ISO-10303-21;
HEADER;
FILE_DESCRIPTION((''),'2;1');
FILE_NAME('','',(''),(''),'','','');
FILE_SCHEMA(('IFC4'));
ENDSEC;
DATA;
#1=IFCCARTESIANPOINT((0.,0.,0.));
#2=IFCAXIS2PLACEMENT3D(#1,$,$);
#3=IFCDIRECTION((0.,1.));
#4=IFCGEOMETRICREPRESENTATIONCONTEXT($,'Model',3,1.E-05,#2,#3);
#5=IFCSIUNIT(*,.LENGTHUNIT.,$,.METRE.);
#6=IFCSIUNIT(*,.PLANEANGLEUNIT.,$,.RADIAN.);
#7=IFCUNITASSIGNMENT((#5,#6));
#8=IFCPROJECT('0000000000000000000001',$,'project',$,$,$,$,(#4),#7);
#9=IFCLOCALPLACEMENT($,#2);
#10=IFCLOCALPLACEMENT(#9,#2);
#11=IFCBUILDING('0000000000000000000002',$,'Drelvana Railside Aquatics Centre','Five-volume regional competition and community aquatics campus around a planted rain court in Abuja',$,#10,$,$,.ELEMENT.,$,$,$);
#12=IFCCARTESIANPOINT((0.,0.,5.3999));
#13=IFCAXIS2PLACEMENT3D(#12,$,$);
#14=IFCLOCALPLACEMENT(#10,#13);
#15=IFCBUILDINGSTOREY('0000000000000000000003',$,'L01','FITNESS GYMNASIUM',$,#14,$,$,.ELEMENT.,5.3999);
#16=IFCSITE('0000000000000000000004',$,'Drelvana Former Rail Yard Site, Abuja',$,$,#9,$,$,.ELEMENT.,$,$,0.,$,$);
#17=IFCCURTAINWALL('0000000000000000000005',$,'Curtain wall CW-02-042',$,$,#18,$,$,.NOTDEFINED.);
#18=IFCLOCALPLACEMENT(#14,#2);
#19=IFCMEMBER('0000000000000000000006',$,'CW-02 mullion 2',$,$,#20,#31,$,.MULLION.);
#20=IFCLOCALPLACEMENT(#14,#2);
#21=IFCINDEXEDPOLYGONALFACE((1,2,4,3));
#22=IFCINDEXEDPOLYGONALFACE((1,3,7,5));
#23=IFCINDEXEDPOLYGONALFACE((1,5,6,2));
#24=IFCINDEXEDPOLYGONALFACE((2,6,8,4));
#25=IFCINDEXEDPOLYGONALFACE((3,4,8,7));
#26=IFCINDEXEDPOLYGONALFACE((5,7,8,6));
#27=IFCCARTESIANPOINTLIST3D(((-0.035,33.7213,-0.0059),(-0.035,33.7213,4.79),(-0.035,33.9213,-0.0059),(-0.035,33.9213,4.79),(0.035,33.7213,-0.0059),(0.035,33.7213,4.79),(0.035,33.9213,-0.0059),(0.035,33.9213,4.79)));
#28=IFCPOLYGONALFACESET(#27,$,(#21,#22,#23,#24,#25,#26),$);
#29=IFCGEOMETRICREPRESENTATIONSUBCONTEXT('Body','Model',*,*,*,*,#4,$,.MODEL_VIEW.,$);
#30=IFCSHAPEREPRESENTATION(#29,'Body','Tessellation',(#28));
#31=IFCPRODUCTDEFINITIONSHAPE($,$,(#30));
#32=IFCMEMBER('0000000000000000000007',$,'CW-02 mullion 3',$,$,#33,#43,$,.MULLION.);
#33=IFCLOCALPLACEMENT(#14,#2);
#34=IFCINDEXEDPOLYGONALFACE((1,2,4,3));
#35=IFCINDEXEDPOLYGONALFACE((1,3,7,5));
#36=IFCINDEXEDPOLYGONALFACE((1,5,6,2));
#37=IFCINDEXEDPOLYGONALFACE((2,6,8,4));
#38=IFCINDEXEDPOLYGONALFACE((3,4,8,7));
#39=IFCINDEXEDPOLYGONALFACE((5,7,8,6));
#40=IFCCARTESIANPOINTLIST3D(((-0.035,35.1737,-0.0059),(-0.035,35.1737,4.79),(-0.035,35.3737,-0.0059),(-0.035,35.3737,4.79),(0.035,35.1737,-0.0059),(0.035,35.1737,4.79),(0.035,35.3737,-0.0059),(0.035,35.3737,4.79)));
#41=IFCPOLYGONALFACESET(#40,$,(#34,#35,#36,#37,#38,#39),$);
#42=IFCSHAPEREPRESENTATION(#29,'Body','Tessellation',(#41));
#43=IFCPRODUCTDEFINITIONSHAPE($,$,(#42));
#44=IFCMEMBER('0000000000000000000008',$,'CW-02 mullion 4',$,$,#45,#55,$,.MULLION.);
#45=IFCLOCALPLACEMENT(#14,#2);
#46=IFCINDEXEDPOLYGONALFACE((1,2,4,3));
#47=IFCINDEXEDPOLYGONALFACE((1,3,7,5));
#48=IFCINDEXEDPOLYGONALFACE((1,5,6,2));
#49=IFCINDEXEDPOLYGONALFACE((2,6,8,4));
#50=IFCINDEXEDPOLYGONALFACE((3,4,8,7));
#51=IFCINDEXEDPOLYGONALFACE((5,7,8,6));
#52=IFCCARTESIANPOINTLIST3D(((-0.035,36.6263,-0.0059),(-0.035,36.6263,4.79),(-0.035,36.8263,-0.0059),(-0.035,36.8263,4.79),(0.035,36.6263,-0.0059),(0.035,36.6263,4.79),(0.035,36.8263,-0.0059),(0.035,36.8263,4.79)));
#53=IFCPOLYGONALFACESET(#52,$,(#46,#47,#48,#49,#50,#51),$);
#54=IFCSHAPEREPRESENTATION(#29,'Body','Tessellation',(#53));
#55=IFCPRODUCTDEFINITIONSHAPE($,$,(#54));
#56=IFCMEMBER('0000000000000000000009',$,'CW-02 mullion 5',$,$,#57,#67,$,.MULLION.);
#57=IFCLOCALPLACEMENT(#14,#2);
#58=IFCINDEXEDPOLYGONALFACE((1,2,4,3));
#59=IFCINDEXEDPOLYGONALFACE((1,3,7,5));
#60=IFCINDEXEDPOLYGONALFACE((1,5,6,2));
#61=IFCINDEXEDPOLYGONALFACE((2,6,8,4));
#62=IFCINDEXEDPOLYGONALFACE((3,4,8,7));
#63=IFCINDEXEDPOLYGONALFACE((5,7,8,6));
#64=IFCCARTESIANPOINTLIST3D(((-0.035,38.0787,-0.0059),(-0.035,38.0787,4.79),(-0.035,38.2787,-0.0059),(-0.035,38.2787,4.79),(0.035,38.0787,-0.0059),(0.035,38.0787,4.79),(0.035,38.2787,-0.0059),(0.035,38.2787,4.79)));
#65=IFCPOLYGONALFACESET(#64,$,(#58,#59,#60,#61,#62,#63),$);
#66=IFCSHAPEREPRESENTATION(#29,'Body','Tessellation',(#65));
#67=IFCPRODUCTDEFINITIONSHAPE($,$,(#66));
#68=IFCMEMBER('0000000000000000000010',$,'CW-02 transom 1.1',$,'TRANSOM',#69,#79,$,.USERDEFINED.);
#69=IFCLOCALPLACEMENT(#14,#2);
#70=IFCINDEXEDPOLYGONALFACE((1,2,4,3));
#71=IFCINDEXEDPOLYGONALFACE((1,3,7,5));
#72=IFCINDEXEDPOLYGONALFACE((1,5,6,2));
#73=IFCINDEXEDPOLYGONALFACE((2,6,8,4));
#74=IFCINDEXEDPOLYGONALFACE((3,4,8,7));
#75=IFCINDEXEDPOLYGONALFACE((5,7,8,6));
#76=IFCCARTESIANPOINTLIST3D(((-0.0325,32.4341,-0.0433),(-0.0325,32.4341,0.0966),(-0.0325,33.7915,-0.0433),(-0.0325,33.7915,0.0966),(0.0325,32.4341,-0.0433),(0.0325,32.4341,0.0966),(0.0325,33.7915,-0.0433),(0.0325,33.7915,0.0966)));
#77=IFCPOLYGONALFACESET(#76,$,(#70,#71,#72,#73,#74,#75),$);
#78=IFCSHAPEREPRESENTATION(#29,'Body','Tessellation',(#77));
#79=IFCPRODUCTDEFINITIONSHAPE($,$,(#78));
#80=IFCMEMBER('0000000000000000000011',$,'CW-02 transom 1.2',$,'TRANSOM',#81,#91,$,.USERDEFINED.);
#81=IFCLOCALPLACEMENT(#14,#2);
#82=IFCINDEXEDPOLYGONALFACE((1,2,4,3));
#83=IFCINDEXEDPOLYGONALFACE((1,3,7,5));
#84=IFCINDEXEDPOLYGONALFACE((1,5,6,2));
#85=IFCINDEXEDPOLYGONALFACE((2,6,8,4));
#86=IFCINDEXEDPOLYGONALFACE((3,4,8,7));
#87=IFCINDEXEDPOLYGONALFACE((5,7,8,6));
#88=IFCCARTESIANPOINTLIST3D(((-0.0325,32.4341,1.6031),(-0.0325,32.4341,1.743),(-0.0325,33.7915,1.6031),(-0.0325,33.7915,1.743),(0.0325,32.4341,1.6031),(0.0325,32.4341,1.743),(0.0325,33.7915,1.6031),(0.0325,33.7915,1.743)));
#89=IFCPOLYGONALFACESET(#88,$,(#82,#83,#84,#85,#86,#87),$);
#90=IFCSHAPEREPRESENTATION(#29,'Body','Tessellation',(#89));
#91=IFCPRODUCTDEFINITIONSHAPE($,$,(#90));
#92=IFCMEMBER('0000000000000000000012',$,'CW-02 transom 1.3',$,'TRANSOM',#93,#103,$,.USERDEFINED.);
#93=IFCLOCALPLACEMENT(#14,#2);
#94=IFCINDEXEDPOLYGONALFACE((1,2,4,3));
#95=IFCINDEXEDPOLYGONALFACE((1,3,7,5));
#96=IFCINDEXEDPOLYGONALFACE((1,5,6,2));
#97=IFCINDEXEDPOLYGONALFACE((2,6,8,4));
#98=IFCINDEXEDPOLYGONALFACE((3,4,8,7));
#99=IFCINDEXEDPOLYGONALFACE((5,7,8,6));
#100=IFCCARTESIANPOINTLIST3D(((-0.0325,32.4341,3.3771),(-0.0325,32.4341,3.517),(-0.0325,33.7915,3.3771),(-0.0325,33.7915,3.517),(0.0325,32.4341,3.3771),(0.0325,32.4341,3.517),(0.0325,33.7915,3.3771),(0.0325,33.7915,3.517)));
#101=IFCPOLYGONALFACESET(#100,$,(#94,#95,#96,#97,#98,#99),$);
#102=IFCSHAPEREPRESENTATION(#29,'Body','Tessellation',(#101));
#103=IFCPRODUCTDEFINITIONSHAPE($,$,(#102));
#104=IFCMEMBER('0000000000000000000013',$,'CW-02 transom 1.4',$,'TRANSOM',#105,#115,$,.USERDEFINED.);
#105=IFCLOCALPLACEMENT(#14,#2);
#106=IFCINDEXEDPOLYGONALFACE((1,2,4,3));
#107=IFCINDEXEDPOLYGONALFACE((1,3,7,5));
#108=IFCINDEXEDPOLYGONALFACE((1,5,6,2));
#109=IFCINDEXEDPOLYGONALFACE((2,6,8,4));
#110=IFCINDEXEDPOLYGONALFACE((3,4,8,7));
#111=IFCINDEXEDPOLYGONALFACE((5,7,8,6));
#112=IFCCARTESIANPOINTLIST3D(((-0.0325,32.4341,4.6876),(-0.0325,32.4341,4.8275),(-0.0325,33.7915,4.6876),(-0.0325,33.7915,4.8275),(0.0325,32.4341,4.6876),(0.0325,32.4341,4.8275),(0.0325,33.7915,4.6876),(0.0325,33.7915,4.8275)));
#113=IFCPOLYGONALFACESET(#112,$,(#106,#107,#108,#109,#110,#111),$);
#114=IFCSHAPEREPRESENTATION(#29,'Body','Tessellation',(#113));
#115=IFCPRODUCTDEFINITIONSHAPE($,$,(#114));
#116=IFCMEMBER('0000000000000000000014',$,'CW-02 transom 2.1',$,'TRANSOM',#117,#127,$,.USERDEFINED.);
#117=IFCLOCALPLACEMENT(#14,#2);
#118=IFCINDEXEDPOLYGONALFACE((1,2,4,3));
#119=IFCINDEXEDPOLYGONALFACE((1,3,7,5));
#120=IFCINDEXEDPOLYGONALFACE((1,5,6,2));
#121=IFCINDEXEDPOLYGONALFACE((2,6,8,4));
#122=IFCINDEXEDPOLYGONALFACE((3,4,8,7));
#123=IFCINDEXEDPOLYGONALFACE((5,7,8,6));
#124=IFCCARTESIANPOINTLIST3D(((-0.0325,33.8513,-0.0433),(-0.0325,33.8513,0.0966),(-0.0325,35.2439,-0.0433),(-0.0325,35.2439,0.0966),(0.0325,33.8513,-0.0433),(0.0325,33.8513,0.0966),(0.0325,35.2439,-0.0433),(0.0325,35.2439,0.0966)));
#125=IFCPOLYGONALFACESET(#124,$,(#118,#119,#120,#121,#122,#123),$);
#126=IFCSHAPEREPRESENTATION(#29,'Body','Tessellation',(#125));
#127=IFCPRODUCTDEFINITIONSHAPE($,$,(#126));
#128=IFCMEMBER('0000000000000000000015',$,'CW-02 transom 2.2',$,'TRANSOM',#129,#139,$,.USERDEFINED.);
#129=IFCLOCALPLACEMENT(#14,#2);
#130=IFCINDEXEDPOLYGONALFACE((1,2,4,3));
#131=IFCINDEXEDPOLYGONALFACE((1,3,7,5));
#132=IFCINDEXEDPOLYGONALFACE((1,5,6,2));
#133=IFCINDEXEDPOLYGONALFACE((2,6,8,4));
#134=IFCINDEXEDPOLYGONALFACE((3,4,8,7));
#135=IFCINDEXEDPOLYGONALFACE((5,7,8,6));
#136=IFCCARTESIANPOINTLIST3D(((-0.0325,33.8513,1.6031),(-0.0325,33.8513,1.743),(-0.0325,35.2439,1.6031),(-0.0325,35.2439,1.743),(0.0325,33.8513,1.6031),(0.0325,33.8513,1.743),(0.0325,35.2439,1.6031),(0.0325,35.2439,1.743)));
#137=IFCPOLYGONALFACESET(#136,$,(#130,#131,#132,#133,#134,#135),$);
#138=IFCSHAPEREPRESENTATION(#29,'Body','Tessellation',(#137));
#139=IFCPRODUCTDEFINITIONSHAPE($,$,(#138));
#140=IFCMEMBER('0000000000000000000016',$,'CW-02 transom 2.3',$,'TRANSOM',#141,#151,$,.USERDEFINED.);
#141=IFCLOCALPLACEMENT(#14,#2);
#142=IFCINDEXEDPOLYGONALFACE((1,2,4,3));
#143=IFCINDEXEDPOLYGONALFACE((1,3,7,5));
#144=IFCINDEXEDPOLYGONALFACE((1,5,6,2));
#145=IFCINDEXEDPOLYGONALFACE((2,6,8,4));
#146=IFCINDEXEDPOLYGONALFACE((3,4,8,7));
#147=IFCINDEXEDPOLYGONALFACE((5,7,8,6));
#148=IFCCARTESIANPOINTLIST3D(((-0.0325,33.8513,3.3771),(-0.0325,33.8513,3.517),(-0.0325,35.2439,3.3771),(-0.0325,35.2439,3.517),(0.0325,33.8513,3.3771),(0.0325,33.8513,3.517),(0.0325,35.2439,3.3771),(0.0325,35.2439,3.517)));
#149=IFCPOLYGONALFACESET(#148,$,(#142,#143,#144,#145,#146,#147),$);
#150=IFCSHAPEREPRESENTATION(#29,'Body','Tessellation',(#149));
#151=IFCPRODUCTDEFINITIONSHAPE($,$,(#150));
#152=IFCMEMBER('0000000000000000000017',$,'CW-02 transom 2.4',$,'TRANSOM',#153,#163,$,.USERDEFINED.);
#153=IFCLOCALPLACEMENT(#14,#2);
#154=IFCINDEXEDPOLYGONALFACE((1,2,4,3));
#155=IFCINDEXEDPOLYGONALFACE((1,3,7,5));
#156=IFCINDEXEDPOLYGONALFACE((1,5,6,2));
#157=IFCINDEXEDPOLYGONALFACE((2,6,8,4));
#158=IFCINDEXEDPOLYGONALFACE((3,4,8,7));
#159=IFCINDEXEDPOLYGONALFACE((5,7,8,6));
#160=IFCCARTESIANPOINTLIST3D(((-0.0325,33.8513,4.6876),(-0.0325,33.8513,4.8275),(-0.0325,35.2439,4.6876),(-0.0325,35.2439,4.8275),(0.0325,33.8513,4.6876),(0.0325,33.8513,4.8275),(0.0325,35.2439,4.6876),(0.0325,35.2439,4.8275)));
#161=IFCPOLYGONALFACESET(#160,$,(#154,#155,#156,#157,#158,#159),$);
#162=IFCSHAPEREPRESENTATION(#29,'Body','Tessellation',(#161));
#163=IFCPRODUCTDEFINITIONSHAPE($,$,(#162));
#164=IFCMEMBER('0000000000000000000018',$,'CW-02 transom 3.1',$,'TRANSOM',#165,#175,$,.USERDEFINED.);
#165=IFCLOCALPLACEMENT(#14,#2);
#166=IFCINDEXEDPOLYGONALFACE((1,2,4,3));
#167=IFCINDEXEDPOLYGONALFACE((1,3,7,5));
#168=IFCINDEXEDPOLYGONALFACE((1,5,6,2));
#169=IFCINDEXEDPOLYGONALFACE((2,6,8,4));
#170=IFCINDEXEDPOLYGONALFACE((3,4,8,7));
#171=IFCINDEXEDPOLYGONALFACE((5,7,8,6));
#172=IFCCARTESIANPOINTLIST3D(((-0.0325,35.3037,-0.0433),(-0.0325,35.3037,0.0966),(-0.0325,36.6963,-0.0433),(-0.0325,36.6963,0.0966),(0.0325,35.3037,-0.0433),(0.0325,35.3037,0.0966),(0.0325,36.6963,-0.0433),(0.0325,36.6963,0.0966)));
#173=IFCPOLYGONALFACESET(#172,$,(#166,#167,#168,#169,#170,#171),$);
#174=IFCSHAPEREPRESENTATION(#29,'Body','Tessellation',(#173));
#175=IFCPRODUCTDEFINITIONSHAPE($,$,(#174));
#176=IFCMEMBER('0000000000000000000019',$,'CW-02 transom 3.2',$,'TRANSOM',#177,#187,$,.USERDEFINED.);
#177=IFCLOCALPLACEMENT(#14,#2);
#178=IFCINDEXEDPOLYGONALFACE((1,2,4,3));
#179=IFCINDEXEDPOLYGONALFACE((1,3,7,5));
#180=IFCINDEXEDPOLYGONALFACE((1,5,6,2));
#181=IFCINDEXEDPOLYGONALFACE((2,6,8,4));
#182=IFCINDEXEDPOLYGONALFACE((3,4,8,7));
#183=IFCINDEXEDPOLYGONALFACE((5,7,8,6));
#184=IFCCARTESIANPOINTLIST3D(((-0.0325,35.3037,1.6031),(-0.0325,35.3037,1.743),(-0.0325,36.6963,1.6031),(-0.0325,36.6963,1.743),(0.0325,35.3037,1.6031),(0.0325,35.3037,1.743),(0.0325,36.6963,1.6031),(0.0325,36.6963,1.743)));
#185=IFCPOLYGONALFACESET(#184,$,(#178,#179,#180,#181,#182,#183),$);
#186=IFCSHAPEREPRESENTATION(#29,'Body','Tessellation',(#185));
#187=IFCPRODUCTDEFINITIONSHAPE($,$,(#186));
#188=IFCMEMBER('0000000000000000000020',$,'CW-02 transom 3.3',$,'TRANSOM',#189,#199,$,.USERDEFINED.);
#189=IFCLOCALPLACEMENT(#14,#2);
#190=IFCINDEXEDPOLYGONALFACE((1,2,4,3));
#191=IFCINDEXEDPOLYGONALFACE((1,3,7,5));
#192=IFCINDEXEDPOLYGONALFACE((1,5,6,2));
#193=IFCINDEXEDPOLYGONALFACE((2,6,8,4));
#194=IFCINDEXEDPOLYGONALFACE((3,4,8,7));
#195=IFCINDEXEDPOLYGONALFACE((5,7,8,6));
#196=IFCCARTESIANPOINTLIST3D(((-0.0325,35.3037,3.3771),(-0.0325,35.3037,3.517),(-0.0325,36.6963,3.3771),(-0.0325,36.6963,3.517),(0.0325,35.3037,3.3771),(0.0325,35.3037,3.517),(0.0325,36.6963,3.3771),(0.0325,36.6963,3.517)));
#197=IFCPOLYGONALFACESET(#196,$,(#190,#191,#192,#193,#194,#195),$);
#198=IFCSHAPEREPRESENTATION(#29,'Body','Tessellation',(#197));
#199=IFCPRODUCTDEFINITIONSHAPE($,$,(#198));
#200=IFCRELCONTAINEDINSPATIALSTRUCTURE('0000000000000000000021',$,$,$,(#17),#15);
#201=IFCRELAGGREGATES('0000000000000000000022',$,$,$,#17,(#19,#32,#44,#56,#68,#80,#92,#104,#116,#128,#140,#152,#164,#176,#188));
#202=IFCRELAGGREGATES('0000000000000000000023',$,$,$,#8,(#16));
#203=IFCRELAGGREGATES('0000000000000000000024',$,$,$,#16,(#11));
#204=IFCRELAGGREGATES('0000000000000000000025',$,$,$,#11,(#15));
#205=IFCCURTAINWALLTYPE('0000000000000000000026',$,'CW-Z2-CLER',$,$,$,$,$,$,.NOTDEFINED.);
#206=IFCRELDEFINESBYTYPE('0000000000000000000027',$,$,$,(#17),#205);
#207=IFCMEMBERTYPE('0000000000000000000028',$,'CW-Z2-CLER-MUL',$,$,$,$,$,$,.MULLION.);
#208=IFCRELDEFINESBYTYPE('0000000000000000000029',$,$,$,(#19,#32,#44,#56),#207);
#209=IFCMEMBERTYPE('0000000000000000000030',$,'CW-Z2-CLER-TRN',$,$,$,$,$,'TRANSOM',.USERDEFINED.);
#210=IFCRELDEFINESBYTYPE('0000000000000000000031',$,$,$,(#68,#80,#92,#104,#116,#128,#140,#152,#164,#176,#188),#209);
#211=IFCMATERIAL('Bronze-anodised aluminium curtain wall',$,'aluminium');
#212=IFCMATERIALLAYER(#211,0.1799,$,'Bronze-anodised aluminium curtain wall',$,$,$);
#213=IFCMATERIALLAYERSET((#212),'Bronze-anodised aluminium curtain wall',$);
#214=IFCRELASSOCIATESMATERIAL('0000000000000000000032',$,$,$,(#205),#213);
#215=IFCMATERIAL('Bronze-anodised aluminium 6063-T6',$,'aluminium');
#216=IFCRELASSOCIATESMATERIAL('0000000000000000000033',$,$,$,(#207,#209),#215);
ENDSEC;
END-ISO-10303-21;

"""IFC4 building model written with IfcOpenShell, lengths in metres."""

from ifc_helpers import new_model, si_unit, direction, frame, origin, origin_2d, place, context, subcontext, project, spatial, rectangle, extrude, material, layer, layer_set, material_profile, profile_set, type_object, element, aggregate, save


model = new_model("IFC4")

# Units and contexts
model_context = context("Model", 3, precision=1e-05, world=origin(), true_north=direction((0.0, 1.0)))
body_context = subcontext(model_context, "Body", "Model", "MODEL_VIEW")
ifc_project = project(units=[si_unit("LENGTHUNIT", "METRE"), si_unit("PLANEANGLEUNIT", "RADIAN")], contexts=[model_context])

# Site, building, storey
site_placement = place(None, origin())
site = spatial("IfcSite", under=ifc_project, at=site_placement, Name="Drelvana Former Rail Yard Site, Abuja", CompositionType="ELEMENT", RefElevation=0.0)
building_placement = place(site_placement, origin())
building = spatial("IfcBuilding", under=site, at=building_placement, Name="Drelvana Railside Aquatics Centre", Description="Five-volume regional competition and community aquatics campus around a planted rain court in Abuja", CompositionType="ELEMENT")
storey_placement = place(building_placement, frame((0.0, 0.0, 5.3999)))
storey = spatial("IfcBuildingStorey", under=building, at=storey_placement, Name="L01", Description="FITNESS GYMNASIUM", CompositionType="ELEMENT", Elevation=5.3999)

# Curtain wall, members
ifc_material_1 = material(Name="Bronze-anodised aluminium curtain wall", Category="aluminium")
ifc_layer_1 = layer(ifc_material_1, 0.1799, Name="Bronze-anodised aluminium curtain wall")
ifc_layer_set_1 = layer_set([ifc_layer_1], Name="Bronze-anodised aluminium curtain wall")
curtain_wall_type = type_object("IfcCurtainWallType", Name="CW-Z2-CLER", PredefinedType="NOTDEFINED", material=ifc_layer_set_1)
curtain_wall_placement = place(storey_placement, origin())
curtain_wall = element("IfcCurtainWall", 1, at=curtain_wall_placement, inside=storey, type_object=curtain_wall_type, Name="Curtain wall CW-02-042", PredefinedType="NOTDEFINED")
ifc_material_2 = material(Name="Bronze-anodised aluminium 6063-T6", Category="aluminium")
ifc_material_profile_1 = material_profile(ifc_material_2, rectangle(XDim=0.0701, YDim=0.2, at=origin_2d()), Name="ALU-M 70x200")
ifc_profile_set_1 = profile_set([ifc_material_profile_1], Name="Bronze-anodised aluminium 6063-T6")
member_type_1 = type_object("IfcMemberType", Name="CW-Z2-CLER-MUL", PredefinedType="MULLION", material=ifc_profile_set_1)
member_1_placement = place(storey_placement, frame((0.0, 33.8213, -0.0059), z_axis=(0.0, 0.0, 1.0), x_axis=(-1.0, 0.0, 0.0)))
member_1 = element("IfcMember", 2, at=member_1_placement, type_object=member_type_1, Name="CW-02 mullion 2", PredefinedType="MULLION", context=body_context, shape_type="SweptSolid", body=[
    extrude(rectangle(XDim=0.0701, YDim=0.2, at=origin_2d()), origin(), (0.0, 0.0, 1.0), 4.7959),
])
member_2_placement = place(storey_placement, frame((0.0, 35.2737, -0.0059), z_axis=(0.0, 0.0, 1.0), x_axis=(-1.0, 0.0, 0.0)))
member_2 = element("IfcMember", 3, at=member_2_placement, type_object=member_type_1, Name="CW-02 mullion 3", PredefinedType="MULLION", context=body_context, shape_type="SweptSolid", body=[
    extrude(rectangle(XDim=0.0701, YDim=0.2, at=origin_2d()), origin(), (0.0, 0.0, 1.0), 4.7959),
])
member_3_placement = place(storey_placement, frame((0.0, 36.7263, -0.0059), z_axis=(0.0, 0.0, 1.0), x_axis=(-1.0, 0.0, 0.0)))
member_3 = element("IfcMember", 4, at=member_3_placement, type_object=member_type_1, Name="CW-02 mullion 4", PredefinedType="MULLION", context=body_context, shape_type="SweptSolid", body=[
    extrude(rectangle(XDim=0.0701, YDim=0.2, at=origin_2d()), origin(), (0.0, 0.0, 1.0), 4.7959),
])
member_4_placement = place(storey_placement, frame((0.0, 38.1787, -0.0059), z_axis=(0.0, 0.0, 1.0), x_axis=(-1.0, 0.0, 0.0)))
member_4 = element("IfcMember", 5, at=member_4_placement, type_object=member_type_1, Name="CW-02 mullion 5", PredefinedType="MULLION", context=body_context, shape_type="SweptSolid", body=[
    extrude(rectangle(XDim=0.0701, YDim=0.2, at=origin_2d()), origin(), (0.0, 0.0, 1.0), 4.7959),
])
ifc_material_profile_2 = material_profile(ifc_material_2, rectangle(XDim=0.1399, YDim=0.0649, at=origin_2d()), Name="ALU-T 65x140")
ifc_profile_set_2 = profile_set([ifc_material_profile_2], Name="Bronze-anodised aluminium 6063-T6")
member_type_2 = type_object("IfcMemberType", Name="CW-Z2-CLER-TRN", ElementType="TRANSOM", PredefinedType="USERDEFINED", material=ifc_profile_set_2)
member_5_placement = place(storey_placement, frame((0.0, 32.4341, 0.0266), z_axis=(0.0, 1.0, 0.0), x_axis=(0.0, 0.0, 1.0)))
member_5 = element("IfcMember", 6, at=member_5_placement, type_object=member_type_2, Name="CW-02 transom 1.1", ObjectType="TRANSOM", PredefinedType="USERDEFINED", context=body_context, shape_type="SweptSolid", body=[
    extrude(rectangle(XDim=0.1399, YDim=0.0649, at=origin_2d()), origin(), (0.0, 0.0, 1.0), 1.3574),
])
member_6_placement = place(storey_placement, frame((0.0, 32.4341, 1.6731), z_axis=(0.0, 1.0, 0.0), x_axis=(0.0, 0.0, 1.0)))
member_6 = element("IfcMember", 7, at=member_6_placement, type_object=member_type_2, Name="CW-02 transom 1.2", ObjectType="TRANSOM", PredefinedType="USERDEFINED", context=body_context, shape_type="SweptSolid", body=[
    extrude(rectangle(XDim=0.1399, YDim=0.0649, at=origin_2d()), origin(), (0.0, 0.0, 1.0), 1.3574),
])
member_7_placement = place(storey_placement, frame((0.0, 32.4341, 3.447), z_axis=(0.0, 1.0, 0.0), x_axis=(0.0, 0.0, 1.0)))
member_7 = element("IfcMember", 8, at=member_7_placement, type_object=member_type_2, Name="CW-02 transom 1.3", ObjectType="TRANSOM", PredefinedType="USERDEFINED", context=body_context, shape_type="SweptSolid", body=[
    extrude(rectangle(XDim=0.1399, YDim=0.0649, at=origin_2d()), origin(), (0.0, 0.0, 1.0), 1.3574),
])
member_8_placement = place(storey_placement, frame((0.0, 32.4341, 4.7576), z_axis=(0.0, 1.0, 0.0), x_axis=(0.0, 0.0, 1.0)))
member_8 = element("IfcMember", 9, at=member_8_placement, type_object=member_type_2, Name="CW-02 transom 1.4", ObjectType="TRANSOM", PredefinedType="USERDEFINED", context=body_context, shape_type="SweptSolid", body=[
    extrude(rectangle(XDim=0.1399, YDim=0.0649, at=origin_2d()), origin(), (0.0, 0.0, 1.0), 1.3574),
])
member_9_placement = place(storey_placement, frame((0.0, 33.8513, 0.0266), z_axis=(0.0, 1.0, 0.0), x_axis=(0.0, 0.0, 1.0)))
member_9 = element("IfcMember", 10, at=member_9_placement, type_object=member_type_2, Name="CW-02 transom 2.1", ObjectType="TRANSOM", PredefinedType="USERDEFINED", context=body_context, shape_type="SweptSolid", body=[
    extrude(rectangle(XDim=0.1399, YDim=0.0649, at=origin_2d()), origin(), (0.0, 0.0, 1.0), 1.3926),
])
member_10_placement = place(storey_placement, frame((0.0, 33.8513, 1.6731), z_axis=(0.0, 1.0, 0.0), x_axis=(0.0, 0.0, 1.0)))
member_10 = element("IfcMember", 11, at=member_10_placement, type_object=member_type_2, Name="CW-02 transom 2.2", ObjectType="TRANSOM", PredefinedType="USERDEFINED", context=body_context, shape_type="SweptSolid", body=[
    extrude(rectangle(XDim=0.1399, YDim=0.0649, at=origin_2d()), origin(), (0.0, 0.0, 1.0), 1.3926),
])
member_11_placement = place(storey_placement, frame((0.0, 33.8513, 3.447), z_axis=(0.0, 1.0, 0.0), x_axis=(0.0, 0.0, 1.0)))
member_11 = element("IfcMember", 12, at=member_11_placement, type_object=member_type_2, Name="CW-02 transom 2.3", ObjectType="TRANSOM", PredefinedType="USERDEFINED", context=body_context, shape_type="SweptSolid", body=[
    extrude(rectangle(XDim=0.1399, YDim=0.0649, at=origin_2d()), origin(), (0.0, 0.0, 1.0), 1.3926),
])
member_12_placement = place(storey_placement, frame((0.0, 33.8513, 4.7576), z_axis=(0.0, 1.0, 0.0), x_axis=(0.0, 0.0, 1.0)))
member_12 = element("IfcMember", 13, at=member_12_placement, type_object=member_type_2, Name="CW-02 transom 2.4", ObjectType="TRANSOM", PredefinedType="USERDEFINED", context=body_context, shape_type="SweptSolid", body=[
    extrude(rectangle(XDim=0.1399, YDim=0.0649, at=origin_2d()), origin(), (0.0, 0.0, 1.0), 1.3926),
])
member_13_placement = place(storey_placement, frame((0.0, 35.3037, 0.0266), z_axis=(0.0, 1.0, 0.0), x_axis=(0.0, 0.0, 1.0)))
member_13 = element("IfcMember", 14, at=member_13_placement, type_object=member_type_2, Name="CW-02 transom 3.1", ObjectType="TRANSOM", PredefinedType="USERDEFINED", context=body_context, shape_type="SweptSolid", body=[
    extrude(rectangle(XDim=0.1399, YDim=0.0649, at=origin_2d()), origin(), (0.0, 0.0, 1.0), 1.3926),
])
member_14_placement = place(storey_placement, frame((0.0, 35.3037, 1.6731), z_axis=(0.0, 1.0, 0.0), x_axis=(0.0, 0.0, 1.0)))
member_14 = element("IfcMember", 15, at=member_14_placement, type_object=member_type_2, Name="CW-02 transom 3.2", ObjectType="TRANSOM", PredefinedType="USERDEFINED", context=body_context, shape_type="SweptSolid", body=[
    extrude(rectangle(XDim=0.1399, YDim=0.0649, at=origin_2d()), origin(), (0.0, 0.0, 1.0), 1.3926),
])
member_15_placement = place(storey_placement, frame((0.0, 35.3037, 3.447), z_axis=(0.0, 1.0, 0.0), x_axis=(0.0, 0.0, 1.0)))
member_15 = element("IfcMember", 16, at=member_15_placement, type_object=member_type_2, Name="CW-02 transom 3.3", ObjectType="TRANSOM", PredefinedType="USERDEFINED", context=body_context, shape_type="SweptSolid", body=[
    extrude(rectangle(XDim=0.1399, YDim=0.0649, at=origin_2d()), origin(), (0.0, 0.0, 1.0), 1.3926),
])
aggregate(curtain_wall, [member_1, member_2, member_3, member_4, member_5, member_6, member_7, member_8, member_9, member_10, member_11, member_12, member_13, member_14, member_15])

save(model, "model.ifc")
